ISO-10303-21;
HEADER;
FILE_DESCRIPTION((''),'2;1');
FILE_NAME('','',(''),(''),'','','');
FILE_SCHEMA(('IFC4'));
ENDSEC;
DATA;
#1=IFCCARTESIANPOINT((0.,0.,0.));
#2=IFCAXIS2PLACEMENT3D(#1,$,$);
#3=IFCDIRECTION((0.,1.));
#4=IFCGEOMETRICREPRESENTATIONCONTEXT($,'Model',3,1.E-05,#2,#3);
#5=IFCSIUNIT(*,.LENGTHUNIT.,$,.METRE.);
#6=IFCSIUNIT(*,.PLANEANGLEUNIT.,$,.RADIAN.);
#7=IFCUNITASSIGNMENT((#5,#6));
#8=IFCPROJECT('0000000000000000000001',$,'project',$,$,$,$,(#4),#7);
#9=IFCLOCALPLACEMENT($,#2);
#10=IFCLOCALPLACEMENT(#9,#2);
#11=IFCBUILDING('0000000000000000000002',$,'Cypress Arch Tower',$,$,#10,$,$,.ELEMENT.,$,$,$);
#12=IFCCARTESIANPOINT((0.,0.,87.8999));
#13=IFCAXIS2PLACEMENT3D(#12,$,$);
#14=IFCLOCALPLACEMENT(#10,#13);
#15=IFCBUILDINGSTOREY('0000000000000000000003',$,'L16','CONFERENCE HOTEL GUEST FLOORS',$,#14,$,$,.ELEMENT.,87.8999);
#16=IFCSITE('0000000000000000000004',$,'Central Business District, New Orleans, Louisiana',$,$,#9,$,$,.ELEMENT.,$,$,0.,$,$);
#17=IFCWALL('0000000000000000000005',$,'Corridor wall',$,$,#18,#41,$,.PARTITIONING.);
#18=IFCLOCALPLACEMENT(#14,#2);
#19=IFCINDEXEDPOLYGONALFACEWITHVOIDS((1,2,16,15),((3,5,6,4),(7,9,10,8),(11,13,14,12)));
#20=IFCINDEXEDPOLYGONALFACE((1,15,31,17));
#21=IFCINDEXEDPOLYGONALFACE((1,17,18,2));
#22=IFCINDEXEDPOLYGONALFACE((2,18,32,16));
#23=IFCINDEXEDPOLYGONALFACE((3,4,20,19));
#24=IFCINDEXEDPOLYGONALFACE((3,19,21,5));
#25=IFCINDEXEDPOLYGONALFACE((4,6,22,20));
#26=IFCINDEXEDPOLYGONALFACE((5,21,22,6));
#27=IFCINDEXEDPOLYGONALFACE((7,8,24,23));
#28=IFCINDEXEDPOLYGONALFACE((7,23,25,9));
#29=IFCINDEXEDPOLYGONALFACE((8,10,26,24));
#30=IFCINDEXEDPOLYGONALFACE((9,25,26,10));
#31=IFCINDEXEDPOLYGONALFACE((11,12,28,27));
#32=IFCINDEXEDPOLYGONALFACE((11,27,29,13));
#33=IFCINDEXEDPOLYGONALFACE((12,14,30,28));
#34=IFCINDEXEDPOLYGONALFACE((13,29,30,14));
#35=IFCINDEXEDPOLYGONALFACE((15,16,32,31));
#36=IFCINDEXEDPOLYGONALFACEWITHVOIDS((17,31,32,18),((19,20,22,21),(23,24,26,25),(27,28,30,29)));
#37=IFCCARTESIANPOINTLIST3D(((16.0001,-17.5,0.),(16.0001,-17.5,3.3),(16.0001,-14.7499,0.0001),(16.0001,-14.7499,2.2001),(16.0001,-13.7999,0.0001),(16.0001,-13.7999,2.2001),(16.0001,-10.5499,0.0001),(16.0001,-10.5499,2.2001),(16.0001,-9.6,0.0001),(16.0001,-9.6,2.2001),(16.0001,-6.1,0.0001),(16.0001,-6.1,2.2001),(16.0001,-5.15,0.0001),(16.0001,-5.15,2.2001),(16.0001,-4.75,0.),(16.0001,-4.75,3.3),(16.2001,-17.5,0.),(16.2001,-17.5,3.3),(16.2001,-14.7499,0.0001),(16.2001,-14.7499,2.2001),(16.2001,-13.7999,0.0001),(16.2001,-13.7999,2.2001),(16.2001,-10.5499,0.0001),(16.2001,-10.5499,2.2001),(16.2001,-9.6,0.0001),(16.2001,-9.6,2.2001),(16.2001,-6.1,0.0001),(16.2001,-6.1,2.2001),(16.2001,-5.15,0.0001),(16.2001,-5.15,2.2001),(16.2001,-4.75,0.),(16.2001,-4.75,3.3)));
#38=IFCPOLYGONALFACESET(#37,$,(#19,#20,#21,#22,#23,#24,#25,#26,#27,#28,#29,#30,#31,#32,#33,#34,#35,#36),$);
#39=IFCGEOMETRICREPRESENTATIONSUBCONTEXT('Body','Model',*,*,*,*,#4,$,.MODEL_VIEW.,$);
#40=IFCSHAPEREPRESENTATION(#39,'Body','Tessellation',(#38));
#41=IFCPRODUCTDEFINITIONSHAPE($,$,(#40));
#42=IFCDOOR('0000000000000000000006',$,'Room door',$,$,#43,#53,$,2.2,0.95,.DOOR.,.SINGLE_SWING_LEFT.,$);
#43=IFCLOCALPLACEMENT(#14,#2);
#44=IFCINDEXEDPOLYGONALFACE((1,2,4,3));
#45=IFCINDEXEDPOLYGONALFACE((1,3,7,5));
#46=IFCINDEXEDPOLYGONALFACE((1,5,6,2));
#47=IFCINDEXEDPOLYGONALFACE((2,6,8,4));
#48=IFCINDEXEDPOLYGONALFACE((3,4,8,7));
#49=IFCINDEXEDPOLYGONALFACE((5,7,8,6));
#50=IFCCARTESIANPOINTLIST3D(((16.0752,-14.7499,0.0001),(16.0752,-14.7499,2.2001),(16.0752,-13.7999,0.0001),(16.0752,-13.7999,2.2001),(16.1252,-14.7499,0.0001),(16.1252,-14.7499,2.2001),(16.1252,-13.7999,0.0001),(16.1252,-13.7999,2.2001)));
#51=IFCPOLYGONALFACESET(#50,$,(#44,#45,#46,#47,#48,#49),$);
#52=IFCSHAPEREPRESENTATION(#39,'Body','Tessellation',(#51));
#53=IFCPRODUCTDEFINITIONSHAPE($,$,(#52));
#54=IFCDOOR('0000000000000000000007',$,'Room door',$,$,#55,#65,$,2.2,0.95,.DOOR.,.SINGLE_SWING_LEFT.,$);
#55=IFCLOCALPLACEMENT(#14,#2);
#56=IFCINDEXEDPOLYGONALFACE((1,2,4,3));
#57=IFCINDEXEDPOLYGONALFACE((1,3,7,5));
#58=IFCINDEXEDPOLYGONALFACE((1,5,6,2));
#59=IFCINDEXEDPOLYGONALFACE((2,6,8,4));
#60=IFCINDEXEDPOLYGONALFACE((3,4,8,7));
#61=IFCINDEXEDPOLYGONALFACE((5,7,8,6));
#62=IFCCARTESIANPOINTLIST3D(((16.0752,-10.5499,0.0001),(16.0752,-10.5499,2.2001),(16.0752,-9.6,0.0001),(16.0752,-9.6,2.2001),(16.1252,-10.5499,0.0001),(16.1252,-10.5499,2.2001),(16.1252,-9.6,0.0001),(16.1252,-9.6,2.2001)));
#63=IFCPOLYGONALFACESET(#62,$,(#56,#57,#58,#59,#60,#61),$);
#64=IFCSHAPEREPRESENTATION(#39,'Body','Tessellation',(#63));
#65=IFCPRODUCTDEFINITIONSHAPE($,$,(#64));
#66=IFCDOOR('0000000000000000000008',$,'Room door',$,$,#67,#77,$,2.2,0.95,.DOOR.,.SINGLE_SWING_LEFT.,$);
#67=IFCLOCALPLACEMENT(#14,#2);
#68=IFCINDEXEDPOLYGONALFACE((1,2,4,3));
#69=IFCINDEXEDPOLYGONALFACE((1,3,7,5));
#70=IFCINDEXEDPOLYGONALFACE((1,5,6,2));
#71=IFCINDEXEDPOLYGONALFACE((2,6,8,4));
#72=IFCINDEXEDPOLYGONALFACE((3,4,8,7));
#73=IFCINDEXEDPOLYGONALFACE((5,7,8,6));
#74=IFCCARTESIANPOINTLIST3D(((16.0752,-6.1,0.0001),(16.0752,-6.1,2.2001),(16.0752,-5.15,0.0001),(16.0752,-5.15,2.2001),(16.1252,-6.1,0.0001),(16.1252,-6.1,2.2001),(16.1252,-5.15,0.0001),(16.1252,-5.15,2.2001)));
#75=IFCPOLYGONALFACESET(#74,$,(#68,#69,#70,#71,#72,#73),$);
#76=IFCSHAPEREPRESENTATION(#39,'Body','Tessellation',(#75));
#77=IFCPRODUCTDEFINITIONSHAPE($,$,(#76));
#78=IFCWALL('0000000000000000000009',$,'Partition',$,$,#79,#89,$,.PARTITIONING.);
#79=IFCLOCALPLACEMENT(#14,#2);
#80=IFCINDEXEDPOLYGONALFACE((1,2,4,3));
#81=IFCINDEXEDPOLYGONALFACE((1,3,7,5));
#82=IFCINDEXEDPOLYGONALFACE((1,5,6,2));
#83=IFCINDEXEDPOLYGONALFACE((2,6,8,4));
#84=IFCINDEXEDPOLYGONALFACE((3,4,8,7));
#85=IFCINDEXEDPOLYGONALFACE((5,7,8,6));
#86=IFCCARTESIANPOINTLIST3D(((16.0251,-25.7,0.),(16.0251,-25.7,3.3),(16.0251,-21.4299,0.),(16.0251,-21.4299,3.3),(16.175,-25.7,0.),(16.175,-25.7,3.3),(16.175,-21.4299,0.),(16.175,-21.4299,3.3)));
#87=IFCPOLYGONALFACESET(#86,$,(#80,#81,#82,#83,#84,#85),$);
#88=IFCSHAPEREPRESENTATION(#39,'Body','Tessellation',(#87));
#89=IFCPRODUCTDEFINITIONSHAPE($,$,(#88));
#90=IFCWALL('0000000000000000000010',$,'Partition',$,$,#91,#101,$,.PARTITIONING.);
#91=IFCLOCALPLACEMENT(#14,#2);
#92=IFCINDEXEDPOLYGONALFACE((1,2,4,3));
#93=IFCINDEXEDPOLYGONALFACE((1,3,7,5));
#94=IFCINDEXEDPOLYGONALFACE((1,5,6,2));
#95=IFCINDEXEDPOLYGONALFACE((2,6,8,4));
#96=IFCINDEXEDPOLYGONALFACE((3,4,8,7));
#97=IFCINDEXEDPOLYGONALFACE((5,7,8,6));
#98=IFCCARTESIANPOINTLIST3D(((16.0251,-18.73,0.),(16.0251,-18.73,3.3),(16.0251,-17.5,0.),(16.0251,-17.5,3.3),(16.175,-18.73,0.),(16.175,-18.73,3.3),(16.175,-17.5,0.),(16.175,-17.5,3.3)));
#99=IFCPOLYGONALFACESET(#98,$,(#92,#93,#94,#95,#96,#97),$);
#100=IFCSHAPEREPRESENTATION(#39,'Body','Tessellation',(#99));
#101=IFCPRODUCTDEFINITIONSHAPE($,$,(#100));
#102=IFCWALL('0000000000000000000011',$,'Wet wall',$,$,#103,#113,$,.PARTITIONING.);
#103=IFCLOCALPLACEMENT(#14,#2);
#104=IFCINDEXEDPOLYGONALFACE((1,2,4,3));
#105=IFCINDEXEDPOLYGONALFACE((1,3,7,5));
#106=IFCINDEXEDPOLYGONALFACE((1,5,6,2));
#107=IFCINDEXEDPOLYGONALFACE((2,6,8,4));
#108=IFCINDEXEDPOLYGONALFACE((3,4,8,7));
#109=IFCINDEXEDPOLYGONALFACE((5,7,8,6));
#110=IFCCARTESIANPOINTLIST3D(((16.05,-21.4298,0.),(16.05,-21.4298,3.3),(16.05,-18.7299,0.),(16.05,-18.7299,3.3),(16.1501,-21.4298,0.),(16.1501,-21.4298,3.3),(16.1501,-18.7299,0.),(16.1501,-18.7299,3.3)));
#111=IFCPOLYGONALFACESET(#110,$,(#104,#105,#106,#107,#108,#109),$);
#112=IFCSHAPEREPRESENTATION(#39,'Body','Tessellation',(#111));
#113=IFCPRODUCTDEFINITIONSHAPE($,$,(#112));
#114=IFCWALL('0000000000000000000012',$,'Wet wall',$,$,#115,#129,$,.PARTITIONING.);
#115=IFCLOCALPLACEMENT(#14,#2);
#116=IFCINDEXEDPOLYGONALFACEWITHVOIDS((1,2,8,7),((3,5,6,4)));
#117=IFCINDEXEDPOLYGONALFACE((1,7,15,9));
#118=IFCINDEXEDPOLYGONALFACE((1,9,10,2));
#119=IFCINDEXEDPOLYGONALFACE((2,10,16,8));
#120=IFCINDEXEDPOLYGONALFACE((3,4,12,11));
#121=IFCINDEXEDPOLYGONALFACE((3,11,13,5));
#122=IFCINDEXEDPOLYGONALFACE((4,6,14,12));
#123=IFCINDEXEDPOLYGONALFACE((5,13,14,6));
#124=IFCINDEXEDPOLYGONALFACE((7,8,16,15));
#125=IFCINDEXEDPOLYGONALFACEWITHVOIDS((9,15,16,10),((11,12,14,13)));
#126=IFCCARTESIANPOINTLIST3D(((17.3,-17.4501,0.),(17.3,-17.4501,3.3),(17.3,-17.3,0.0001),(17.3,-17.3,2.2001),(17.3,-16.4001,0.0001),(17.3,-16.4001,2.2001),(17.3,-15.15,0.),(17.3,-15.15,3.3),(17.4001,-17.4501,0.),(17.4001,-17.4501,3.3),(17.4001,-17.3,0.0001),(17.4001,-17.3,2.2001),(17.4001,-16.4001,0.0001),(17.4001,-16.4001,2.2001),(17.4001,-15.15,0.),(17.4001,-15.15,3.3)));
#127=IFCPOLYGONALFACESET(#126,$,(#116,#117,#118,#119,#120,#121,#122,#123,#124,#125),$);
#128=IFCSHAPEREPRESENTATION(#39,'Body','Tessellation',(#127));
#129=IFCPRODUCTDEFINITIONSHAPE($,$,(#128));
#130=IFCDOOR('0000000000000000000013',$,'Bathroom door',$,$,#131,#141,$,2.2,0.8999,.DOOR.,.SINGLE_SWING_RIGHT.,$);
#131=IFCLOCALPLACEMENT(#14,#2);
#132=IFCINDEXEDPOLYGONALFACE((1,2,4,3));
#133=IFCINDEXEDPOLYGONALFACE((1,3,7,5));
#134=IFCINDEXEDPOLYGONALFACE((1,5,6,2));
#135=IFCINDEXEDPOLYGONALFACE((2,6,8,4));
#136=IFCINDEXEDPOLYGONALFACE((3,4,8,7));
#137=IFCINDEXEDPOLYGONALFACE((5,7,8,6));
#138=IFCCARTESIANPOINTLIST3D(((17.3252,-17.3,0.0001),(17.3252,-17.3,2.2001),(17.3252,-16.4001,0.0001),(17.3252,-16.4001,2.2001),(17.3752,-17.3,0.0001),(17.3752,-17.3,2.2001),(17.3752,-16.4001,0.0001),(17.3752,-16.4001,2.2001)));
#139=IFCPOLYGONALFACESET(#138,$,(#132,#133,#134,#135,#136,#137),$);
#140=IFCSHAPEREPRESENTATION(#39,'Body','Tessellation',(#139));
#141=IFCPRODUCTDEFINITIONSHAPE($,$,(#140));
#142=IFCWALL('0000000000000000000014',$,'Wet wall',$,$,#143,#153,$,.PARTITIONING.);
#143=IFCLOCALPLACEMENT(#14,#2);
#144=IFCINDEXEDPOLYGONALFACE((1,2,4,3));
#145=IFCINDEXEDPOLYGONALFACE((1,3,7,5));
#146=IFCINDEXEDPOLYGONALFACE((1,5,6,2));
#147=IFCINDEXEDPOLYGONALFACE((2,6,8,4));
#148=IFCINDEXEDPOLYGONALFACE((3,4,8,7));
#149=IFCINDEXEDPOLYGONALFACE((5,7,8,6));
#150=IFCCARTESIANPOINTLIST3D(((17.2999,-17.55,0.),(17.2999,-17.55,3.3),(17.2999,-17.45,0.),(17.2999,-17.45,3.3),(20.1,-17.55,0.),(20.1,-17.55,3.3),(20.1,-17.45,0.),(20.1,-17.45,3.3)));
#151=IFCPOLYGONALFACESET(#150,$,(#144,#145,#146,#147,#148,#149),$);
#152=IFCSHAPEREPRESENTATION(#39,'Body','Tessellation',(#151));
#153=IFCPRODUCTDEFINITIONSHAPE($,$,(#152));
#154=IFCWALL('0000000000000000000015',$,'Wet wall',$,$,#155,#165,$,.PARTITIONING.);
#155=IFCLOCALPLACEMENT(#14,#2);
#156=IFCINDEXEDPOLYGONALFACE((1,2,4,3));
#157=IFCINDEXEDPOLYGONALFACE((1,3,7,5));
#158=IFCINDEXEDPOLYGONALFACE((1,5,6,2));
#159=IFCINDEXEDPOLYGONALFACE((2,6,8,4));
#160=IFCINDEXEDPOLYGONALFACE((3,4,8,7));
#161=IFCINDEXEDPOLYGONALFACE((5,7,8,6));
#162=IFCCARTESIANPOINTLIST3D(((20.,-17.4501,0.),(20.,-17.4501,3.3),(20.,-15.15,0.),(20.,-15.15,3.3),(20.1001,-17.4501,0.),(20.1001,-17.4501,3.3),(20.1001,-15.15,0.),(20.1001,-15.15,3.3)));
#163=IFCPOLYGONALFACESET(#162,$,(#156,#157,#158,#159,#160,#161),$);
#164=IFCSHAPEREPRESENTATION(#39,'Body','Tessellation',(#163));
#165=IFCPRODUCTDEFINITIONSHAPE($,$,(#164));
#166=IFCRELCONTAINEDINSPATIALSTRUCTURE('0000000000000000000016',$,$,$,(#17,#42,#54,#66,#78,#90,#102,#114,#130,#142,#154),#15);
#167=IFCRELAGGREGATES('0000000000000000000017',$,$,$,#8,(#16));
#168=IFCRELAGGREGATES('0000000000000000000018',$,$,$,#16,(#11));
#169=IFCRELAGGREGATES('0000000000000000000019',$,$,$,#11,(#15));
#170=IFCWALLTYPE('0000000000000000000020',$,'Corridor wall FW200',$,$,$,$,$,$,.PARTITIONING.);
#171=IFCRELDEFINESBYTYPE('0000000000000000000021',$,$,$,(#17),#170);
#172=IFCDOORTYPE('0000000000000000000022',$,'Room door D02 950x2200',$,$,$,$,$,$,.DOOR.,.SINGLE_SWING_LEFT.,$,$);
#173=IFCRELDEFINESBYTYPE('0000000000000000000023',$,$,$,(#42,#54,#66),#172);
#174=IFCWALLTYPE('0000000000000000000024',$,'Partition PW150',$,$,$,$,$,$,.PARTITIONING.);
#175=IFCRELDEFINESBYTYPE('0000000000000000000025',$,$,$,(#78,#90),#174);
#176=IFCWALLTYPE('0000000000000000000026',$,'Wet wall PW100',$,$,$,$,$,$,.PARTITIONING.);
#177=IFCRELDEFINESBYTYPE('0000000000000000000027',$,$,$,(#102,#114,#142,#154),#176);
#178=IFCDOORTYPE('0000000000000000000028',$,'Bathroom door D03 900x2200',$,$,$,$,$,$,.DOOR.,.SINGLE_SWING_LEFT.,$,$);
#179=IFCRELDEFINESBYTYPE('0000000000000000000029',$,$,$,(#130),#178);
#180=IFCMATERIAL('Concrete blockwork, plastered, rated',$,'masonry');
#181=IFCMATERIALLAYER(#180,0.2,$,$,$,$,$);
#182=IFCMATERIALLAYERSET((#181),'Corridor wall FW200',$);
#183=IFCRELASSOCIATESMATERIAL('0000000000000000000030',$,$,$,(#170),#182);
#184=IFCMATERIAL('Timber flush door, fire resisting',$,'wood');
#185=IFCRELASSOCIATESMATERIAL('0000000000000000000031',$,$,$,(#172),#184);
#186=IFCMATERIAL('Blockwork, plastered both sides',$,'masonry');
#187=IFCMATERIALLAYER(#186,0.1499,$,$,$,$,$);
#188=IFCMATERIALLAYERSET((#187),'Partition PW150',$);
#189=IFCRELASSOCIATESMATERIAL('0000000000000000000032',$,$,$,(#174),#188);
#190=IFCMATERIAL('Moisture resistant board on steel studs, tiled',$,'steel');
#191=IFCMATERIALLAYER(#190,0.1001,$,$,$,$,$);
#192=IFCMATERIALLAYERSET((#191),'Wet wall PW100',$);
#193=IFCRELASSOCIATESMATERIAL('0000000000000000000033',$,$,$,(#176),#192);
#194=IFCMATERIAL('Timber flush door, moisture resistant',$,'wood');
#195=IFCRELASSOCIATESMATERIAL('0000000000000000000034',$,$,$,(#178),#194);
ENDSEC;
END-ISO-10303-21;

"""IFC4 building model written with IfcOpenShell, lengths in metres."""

from ifc_helpers import new_model, si_unit, direction, frame, frame_2d, origin, place, context, subcontext, project, spatial, rectangle, extrude, material, layer, layer_set, type_object, element, fill, save


model = new_model("IFC4")

# Units and contexts
model_context = context("Model", 3, precision=1e-05, world=origin(), true_north=direction((0.0, 1.0)))
body_context = subcontext(model_context, "Body", "Model", "MODEL_VIEW")
ifc_project = project(units=[si_unit("LENGTHUNIT", "METRE"), si_unit("PLANEANGLEUNIT", "RADIAN")], contexts=[model_context])

# Site, building, storey
site_placement = place(None, origin())
site = spatial("IfcSite", under=ifc_project, at=site_placement, Name="Central Business District, New Orleans, Louisiana", CompositionType="ELEMENT", RefElevation=0.0)
building_placement = place(site_placement, origin())
building = spatial("IfcBuilding", under=site, at=building_placement, Name="Cypress Arch Tower", CompositionType="ELEMENT")
storey_placement = place(building_placement, frame((0.0, 0.0, 87.8999)))
storey = spatial("IfcBuildingStorey", under=building, at=storey_placement, Name="L16", Description="CONFERENCE HOTEL GUEST FLOORS", CompositionType="ELEMENT", Elevation=87.8999)

# Wall, openings, doors
ifc_material_1 = material(Name="Concrete blockwork, plastered, rated", Category="masonry")
ifc_layer_1 = layer(ifc_material_1, 0.2)
ifc_layer_set_1 = layer_set([ifc_layer_1], Name="Corridor wall FW200")
wall_type_1 = type_object("IfcWallType", Name="Corridor wall FW200", PredefinedType="PARTITIONING", material=ifc_layer_set_1)
wall_1_placement = place(storey_placement, frame((16.1001, -17.5, 0.0), z_axis=(0.0, 0.0, 1.0), x_axis=(0.0, 1.0, 0.0)))
wall_1 = element("IfcWall", 1, at=wall_1_placement, inside=storey, type_object=wall_type_1, Name="Corridor wall", PredefinedType="PARTITIONING", context=body_context, shape_type="SweptSolid", body=[
    extrude(rectangle(XDim=12.75, YDim=0.2, at=frame_2d((6.375, 0.0))), origin(), (0.0, 0.0, 1.0), 3.3),
])
opening_1_placement = place(wall_1_placement, frame((2.75, 0.0, 0.0)))
opening_1 = element("IfcOpeningElement", 2, at=opening_1_placement, cuts=wall_1, PredefinedType="OPENING", context=body_context, shape_type="SweptSolid", body=[
    extrude(rectangle(XDim=0.95, YDim=2.2, at=frame_2d((0.4751, 1.1001))), frame((0.0, 0.1099, 0.0), z_axis=(0.0, -1.0, 0.0), x_axis=(1.0, 0.0, 0.0)), (0.0, 0.0, 1.0), 0.22),
])
opening_2_placement = place(wall_1_placement, frame((6.95, 0.0, 0.0)))
opening_2 = element("IfcOpeningElement", 3, at=opening_2_placement, cuts=wall_1, PredefinedType="OPENING", context=body_context, shape_type="SweptSolid", body=[
    extrude(rectangle(XDim=0.95, YDim=2.2, at=frame_2d((0.4751, 1.1001))), frame((0.0, 0.1099, 0.0), z_axis=(0.0, -1.0, 0.0), x_axis=(1.0, 0.0, 0.0)), (0.0, 0.0, 1.0), 0.22),
])
opening_3_placement = place(wall_1_placement, frame((11.3999, 0.0, 0.0)))
opening_3 = element("IfcOpeningElement", 4, at=opening_3_placement, cuts=wall_1, PredefinedType="OPENING", context=body_context, shape_type="SweptSolid", body=[
    extrude(rectangle(XDim=0.95, YDim=2.2, at=frame_2d((0.4751, 1.1001))), frame((0.0, 0.1099, 0.0), z_axis=(0.0, -1.0, 0.0), x_axis=(1.0, 0.0, 0.0)), (0.0, 0.0, 1.0), 0.22),
])
ifc_material_2 = material(Name="Timber flush door, fire resisting", Category="wood")
door_type_1 = type_object("IfcDoorType", Name="Room door D02 950x2200", OperationType="SINGLE_SWING_LEFT", PredefinedType="DOOR", material=ifc_material_2)
door_1_placement = place(opening_1_placement, origin())
door_1 = element("IfcDoor", 5, at=door_1_placement, inside=storey, type_object=door_type_1, Name="Room door", OperationType="SINGLE_SWING_LEFT", OverallHeight=2.2, OverallWidth=0.95, PredefinedType="DOOR", context=body_context, shape_type="SweptSolid", body=[
    extrude(rectangle(XDim=0.95, YDim=2.2, at=frame_2d((0.4751, 1.1001))), frame((0.0, 0.0249, 0.0), z_axis=(0.0, -1.0, 0.0), x_axis=(1.0, 0.0, 0.0)), (0.0, 0.0, 1.0), 0.05),
])
fill(opening_1, door_1)
door_2_placement = place(opening_2_placement, origin())
door_2 = element("IfcDoor", 6, at=door_2_placement, inside=storey, type_object=door_type_1, Name="Room door", OperationType="SINGLE_SWING_LEFT", OverallHeight=2.2, OverallWidth=0.95, PredefinedType="DOOR", context=body_context, shape_type="SweptSolid", body=[
    extrude(rectangle(XDim=0.95, YDim=2.2, at=frame_2d((0.4751, 1.1001))), frame((0.0, 0.0249, 0.0), z_axis=(0.0, -1.0, 0.0), x_axis=(1.0, 0.0, 0.0)), (0.0, 0.0, 1.0), 0.05),
])
fill(opening_2, door_2)
door_3_placement = place(opening_3_placement, origin())
door_3 = element("IfcDoor", 7, at=door_3_placement, inside=storey, type_object=door_type_1, Name="Room door", OperationType="SINGLE_SWING_LEFT", OverallHeight=2.2, OverallWidth=0.95, PredefinedType="DOOR", context=body_context, shape_type="SweptSolid", body=[
    extrude(rectangle(XDim=0.95, YDim=2.2, at=frame_2d((0.4751, 1.1001))), frame((0.0, 0.0249, 0.0), z_axis=(0.0, -1.0, 0.0), x_axis=(1.0, 0.0, 0.0)), (0.0, 0.0, 1.0), 0.05),
])
fill(opening_3, door_3)

# Walls
ifc_material_3 = material(Name="Blockwork, plastered both sides", Category="masonry")
ifc_layer_2 = layer(ifc_material_3, 0.1499)
ifc_layer_set_2 = layer_set([ifc_layer_2], Name="Partition PW150")
wall_type_2 = type_object("IfcWallType", Name="Partition PW150", PredefinedType="PARTITIONING", material=ifc_layer_set_2)
wall_2_placement = place(storey_placement, frame((16.1001, -25.7, 0.0), z_axis=(0.0, 0.0, 1.0), x_axis=(0.0, 1.0, 0.0)))
element("IfcWall", 8, at=wall_2_placement, inside=storey, type_object=wall_type_2, Name="Partition", PredefinedType="PARTITIONING", context=body_context, shape_type="SweptSolid", body=[
    extrude(rectangle(XDim=4.27, YDim=0.1499, at=frame_2d((2.135, 0.0))), origin(), (0.0, 0.0, 1.0), 3.3),
])
wall_3_placement = place(storey_placement, frame((16.1001, -18.73, 0.0), z_axis=(0.0, 0.0, 1.0), x_axis=(0.0, 1.0, 0.0)))
element("IfcWall", 9, at=wall_3_placement, inside=storey, type_object=wall_type_2, Name="Partition", PredefinedType="PARTITIONING", context=body_context, shape_type="SweptSolid", body=[
    extrude(rectangle(XDim=1.23, YDim=0.1499, at=frame_2d((0.615, 0.0))), origin(), (0.0, 0.0, 1.0), 3.3),
])
ifc_material_4 = material(Name="Moisture resistant board on steel studs, tiled", Category="steel")
ifc_layer_3 = layer(ifc_material_4, 0.1001)
ifc_layer_set_3 = layer_set([ifc_layer_3], Name="Wet wall PW100")
wall_type_3 = type_object("IfcWallType", Name="Wet wall PW100", PredefinedType="PARTITIONING", material=ifc_layer_set_3)
wall_4_placement = place(storey_placement, frame((16.1001, -21.4299, 0.0), z_axis=(0.0, 0.0, 1.0), x_axis=(0.0, 1.0, 0.0)))
element("IfcWall", 10, at=wall_4_placement, inside=storey, type_object=wall_type_3, Name="Wet wall", PredefinedType="PARTITIONING", context=body_context, shape_type="SweptSolid", body=[
    extrude(rectangle(XDim=2.7, YDim=0.1001, at=frame_2d((1.3501, 0.0))), origin(), (0.0, 0.0, 1.0), 3.3),
])

# Wall, opening, door
wall_5_placement = place(storey_placement, frame((17.3501, -17.45, 0.0), z_axis=(0.0, 0.0, 1.0), x_axis=(0.0, 1.0, 0.0)))
wall_5 = element("IfcWall", 11, at=wall_5_placement, inside=storey, type_object=wall_type_3, Name="Wet wall", PredefinedType="PARTITIONING", context=body_context, shape_type="SweptSolid", body=[
    extrude(rectangle(XDim=2.3, YDim=0.1001, at=frame_2d((1.1499, 0.0))), origin(), (0.0, 0.0, 1.0), 3.3),
])
opening_4_placement = place(wall_5_placement, frame((0.1499, 0.0, 0.0)))
opening_4 = element("IfcOpeningElement", 12, at=opening_4_placement, cuts=wall_5, PredefinedType="OPENING", context=body_context, shape_type="SweptSolid", body=[
    extrude(rectangle(XDim=0.8999, YDim=2.2, at=frame_2d((0.45, 1.1001))), frame((0.0, 0.0601, 0.0), z_axis=(0.0, -1.0, 0.0), x_axis=(1.0, 0.0, 0.0)), (0.0, 0.0, 1.0), 0.1201),
])
ifc_material_5 = material(Name="Timber flush door, moisture resistant", Category="wood")
door_type_2 = type_object("IfcDoorType", Name="Bathroom door D03 900x2200", OperationType="SINGLE_SWING_LEFT", PredefinedType="DOOR", material=ifc_material_5)
door_4_placement = place(opening_4_placement, origin())
door_4 = element("IfcDoor", 13, at=door_4_placement, inside=storey, type_object=door_type_2, Name="Bathroom door", OperationType="SINGLE_SWING_RIGHT", OverallHeight=2.2, OverallWidth=0.8999, PredefinedType="DOOR", context=body_context, shape_type="SweptSolid", body=[
    extrude(rectangle(XDim=0.8999, YDim=2.2, at=frame_2d((0.45, 1.1001))), frame((0.0, 0.0249, 0.0), z_axis=(0.0, -1.0, 0.0), x_axis=(1.0, 0.0, 0.0)), (0.0, 0.0, 1.0), 0.05),
])
fill(opening_4, door_4)

# Walls
wall_6_placement = place(storey_placement, frame((17.3, -17.5, 0.0), z_axis=(0.0, 0.0, 1.0), x_axis=(1.0, 0.0, 0.0)))
element("IfcWall", 14, at=wall_6_placement, inside=storey, type_object=wall_type_3, Name="Wet wall", PredefinedType="PARTITIONING", context=body_context, shape_type="SweptSolid", body=[
    extrude(rectangle(XDim=2.8, YDim=0.1001, at=frame_2d((1.3999, 0.0))), origin(), (0.0, 0.0, 1.0), 3.3),
])
wall_7_placement = place(storey_placement, frame((20.05, -17.45, 0.0), z_axis=(0.0, 0.0, 1.0), x_axis=(0.0, 1.0, 0.0)))
element("IfcWall", 15, at=wall_7_placement, inside=storey, type_object=wall_type_3, Name="Wet wall", PredefinedType="PARTITIONING", context=body_context, shape_type="SweptSolid", body=[
    extrude(rectangle(XDim=2.3, YDim=0.1001, at=frame_2d((1.1499, 0.0))), origin(), (0.0, 0.0, 1.0), 3.3),
])

save(model, "model.ifc")
